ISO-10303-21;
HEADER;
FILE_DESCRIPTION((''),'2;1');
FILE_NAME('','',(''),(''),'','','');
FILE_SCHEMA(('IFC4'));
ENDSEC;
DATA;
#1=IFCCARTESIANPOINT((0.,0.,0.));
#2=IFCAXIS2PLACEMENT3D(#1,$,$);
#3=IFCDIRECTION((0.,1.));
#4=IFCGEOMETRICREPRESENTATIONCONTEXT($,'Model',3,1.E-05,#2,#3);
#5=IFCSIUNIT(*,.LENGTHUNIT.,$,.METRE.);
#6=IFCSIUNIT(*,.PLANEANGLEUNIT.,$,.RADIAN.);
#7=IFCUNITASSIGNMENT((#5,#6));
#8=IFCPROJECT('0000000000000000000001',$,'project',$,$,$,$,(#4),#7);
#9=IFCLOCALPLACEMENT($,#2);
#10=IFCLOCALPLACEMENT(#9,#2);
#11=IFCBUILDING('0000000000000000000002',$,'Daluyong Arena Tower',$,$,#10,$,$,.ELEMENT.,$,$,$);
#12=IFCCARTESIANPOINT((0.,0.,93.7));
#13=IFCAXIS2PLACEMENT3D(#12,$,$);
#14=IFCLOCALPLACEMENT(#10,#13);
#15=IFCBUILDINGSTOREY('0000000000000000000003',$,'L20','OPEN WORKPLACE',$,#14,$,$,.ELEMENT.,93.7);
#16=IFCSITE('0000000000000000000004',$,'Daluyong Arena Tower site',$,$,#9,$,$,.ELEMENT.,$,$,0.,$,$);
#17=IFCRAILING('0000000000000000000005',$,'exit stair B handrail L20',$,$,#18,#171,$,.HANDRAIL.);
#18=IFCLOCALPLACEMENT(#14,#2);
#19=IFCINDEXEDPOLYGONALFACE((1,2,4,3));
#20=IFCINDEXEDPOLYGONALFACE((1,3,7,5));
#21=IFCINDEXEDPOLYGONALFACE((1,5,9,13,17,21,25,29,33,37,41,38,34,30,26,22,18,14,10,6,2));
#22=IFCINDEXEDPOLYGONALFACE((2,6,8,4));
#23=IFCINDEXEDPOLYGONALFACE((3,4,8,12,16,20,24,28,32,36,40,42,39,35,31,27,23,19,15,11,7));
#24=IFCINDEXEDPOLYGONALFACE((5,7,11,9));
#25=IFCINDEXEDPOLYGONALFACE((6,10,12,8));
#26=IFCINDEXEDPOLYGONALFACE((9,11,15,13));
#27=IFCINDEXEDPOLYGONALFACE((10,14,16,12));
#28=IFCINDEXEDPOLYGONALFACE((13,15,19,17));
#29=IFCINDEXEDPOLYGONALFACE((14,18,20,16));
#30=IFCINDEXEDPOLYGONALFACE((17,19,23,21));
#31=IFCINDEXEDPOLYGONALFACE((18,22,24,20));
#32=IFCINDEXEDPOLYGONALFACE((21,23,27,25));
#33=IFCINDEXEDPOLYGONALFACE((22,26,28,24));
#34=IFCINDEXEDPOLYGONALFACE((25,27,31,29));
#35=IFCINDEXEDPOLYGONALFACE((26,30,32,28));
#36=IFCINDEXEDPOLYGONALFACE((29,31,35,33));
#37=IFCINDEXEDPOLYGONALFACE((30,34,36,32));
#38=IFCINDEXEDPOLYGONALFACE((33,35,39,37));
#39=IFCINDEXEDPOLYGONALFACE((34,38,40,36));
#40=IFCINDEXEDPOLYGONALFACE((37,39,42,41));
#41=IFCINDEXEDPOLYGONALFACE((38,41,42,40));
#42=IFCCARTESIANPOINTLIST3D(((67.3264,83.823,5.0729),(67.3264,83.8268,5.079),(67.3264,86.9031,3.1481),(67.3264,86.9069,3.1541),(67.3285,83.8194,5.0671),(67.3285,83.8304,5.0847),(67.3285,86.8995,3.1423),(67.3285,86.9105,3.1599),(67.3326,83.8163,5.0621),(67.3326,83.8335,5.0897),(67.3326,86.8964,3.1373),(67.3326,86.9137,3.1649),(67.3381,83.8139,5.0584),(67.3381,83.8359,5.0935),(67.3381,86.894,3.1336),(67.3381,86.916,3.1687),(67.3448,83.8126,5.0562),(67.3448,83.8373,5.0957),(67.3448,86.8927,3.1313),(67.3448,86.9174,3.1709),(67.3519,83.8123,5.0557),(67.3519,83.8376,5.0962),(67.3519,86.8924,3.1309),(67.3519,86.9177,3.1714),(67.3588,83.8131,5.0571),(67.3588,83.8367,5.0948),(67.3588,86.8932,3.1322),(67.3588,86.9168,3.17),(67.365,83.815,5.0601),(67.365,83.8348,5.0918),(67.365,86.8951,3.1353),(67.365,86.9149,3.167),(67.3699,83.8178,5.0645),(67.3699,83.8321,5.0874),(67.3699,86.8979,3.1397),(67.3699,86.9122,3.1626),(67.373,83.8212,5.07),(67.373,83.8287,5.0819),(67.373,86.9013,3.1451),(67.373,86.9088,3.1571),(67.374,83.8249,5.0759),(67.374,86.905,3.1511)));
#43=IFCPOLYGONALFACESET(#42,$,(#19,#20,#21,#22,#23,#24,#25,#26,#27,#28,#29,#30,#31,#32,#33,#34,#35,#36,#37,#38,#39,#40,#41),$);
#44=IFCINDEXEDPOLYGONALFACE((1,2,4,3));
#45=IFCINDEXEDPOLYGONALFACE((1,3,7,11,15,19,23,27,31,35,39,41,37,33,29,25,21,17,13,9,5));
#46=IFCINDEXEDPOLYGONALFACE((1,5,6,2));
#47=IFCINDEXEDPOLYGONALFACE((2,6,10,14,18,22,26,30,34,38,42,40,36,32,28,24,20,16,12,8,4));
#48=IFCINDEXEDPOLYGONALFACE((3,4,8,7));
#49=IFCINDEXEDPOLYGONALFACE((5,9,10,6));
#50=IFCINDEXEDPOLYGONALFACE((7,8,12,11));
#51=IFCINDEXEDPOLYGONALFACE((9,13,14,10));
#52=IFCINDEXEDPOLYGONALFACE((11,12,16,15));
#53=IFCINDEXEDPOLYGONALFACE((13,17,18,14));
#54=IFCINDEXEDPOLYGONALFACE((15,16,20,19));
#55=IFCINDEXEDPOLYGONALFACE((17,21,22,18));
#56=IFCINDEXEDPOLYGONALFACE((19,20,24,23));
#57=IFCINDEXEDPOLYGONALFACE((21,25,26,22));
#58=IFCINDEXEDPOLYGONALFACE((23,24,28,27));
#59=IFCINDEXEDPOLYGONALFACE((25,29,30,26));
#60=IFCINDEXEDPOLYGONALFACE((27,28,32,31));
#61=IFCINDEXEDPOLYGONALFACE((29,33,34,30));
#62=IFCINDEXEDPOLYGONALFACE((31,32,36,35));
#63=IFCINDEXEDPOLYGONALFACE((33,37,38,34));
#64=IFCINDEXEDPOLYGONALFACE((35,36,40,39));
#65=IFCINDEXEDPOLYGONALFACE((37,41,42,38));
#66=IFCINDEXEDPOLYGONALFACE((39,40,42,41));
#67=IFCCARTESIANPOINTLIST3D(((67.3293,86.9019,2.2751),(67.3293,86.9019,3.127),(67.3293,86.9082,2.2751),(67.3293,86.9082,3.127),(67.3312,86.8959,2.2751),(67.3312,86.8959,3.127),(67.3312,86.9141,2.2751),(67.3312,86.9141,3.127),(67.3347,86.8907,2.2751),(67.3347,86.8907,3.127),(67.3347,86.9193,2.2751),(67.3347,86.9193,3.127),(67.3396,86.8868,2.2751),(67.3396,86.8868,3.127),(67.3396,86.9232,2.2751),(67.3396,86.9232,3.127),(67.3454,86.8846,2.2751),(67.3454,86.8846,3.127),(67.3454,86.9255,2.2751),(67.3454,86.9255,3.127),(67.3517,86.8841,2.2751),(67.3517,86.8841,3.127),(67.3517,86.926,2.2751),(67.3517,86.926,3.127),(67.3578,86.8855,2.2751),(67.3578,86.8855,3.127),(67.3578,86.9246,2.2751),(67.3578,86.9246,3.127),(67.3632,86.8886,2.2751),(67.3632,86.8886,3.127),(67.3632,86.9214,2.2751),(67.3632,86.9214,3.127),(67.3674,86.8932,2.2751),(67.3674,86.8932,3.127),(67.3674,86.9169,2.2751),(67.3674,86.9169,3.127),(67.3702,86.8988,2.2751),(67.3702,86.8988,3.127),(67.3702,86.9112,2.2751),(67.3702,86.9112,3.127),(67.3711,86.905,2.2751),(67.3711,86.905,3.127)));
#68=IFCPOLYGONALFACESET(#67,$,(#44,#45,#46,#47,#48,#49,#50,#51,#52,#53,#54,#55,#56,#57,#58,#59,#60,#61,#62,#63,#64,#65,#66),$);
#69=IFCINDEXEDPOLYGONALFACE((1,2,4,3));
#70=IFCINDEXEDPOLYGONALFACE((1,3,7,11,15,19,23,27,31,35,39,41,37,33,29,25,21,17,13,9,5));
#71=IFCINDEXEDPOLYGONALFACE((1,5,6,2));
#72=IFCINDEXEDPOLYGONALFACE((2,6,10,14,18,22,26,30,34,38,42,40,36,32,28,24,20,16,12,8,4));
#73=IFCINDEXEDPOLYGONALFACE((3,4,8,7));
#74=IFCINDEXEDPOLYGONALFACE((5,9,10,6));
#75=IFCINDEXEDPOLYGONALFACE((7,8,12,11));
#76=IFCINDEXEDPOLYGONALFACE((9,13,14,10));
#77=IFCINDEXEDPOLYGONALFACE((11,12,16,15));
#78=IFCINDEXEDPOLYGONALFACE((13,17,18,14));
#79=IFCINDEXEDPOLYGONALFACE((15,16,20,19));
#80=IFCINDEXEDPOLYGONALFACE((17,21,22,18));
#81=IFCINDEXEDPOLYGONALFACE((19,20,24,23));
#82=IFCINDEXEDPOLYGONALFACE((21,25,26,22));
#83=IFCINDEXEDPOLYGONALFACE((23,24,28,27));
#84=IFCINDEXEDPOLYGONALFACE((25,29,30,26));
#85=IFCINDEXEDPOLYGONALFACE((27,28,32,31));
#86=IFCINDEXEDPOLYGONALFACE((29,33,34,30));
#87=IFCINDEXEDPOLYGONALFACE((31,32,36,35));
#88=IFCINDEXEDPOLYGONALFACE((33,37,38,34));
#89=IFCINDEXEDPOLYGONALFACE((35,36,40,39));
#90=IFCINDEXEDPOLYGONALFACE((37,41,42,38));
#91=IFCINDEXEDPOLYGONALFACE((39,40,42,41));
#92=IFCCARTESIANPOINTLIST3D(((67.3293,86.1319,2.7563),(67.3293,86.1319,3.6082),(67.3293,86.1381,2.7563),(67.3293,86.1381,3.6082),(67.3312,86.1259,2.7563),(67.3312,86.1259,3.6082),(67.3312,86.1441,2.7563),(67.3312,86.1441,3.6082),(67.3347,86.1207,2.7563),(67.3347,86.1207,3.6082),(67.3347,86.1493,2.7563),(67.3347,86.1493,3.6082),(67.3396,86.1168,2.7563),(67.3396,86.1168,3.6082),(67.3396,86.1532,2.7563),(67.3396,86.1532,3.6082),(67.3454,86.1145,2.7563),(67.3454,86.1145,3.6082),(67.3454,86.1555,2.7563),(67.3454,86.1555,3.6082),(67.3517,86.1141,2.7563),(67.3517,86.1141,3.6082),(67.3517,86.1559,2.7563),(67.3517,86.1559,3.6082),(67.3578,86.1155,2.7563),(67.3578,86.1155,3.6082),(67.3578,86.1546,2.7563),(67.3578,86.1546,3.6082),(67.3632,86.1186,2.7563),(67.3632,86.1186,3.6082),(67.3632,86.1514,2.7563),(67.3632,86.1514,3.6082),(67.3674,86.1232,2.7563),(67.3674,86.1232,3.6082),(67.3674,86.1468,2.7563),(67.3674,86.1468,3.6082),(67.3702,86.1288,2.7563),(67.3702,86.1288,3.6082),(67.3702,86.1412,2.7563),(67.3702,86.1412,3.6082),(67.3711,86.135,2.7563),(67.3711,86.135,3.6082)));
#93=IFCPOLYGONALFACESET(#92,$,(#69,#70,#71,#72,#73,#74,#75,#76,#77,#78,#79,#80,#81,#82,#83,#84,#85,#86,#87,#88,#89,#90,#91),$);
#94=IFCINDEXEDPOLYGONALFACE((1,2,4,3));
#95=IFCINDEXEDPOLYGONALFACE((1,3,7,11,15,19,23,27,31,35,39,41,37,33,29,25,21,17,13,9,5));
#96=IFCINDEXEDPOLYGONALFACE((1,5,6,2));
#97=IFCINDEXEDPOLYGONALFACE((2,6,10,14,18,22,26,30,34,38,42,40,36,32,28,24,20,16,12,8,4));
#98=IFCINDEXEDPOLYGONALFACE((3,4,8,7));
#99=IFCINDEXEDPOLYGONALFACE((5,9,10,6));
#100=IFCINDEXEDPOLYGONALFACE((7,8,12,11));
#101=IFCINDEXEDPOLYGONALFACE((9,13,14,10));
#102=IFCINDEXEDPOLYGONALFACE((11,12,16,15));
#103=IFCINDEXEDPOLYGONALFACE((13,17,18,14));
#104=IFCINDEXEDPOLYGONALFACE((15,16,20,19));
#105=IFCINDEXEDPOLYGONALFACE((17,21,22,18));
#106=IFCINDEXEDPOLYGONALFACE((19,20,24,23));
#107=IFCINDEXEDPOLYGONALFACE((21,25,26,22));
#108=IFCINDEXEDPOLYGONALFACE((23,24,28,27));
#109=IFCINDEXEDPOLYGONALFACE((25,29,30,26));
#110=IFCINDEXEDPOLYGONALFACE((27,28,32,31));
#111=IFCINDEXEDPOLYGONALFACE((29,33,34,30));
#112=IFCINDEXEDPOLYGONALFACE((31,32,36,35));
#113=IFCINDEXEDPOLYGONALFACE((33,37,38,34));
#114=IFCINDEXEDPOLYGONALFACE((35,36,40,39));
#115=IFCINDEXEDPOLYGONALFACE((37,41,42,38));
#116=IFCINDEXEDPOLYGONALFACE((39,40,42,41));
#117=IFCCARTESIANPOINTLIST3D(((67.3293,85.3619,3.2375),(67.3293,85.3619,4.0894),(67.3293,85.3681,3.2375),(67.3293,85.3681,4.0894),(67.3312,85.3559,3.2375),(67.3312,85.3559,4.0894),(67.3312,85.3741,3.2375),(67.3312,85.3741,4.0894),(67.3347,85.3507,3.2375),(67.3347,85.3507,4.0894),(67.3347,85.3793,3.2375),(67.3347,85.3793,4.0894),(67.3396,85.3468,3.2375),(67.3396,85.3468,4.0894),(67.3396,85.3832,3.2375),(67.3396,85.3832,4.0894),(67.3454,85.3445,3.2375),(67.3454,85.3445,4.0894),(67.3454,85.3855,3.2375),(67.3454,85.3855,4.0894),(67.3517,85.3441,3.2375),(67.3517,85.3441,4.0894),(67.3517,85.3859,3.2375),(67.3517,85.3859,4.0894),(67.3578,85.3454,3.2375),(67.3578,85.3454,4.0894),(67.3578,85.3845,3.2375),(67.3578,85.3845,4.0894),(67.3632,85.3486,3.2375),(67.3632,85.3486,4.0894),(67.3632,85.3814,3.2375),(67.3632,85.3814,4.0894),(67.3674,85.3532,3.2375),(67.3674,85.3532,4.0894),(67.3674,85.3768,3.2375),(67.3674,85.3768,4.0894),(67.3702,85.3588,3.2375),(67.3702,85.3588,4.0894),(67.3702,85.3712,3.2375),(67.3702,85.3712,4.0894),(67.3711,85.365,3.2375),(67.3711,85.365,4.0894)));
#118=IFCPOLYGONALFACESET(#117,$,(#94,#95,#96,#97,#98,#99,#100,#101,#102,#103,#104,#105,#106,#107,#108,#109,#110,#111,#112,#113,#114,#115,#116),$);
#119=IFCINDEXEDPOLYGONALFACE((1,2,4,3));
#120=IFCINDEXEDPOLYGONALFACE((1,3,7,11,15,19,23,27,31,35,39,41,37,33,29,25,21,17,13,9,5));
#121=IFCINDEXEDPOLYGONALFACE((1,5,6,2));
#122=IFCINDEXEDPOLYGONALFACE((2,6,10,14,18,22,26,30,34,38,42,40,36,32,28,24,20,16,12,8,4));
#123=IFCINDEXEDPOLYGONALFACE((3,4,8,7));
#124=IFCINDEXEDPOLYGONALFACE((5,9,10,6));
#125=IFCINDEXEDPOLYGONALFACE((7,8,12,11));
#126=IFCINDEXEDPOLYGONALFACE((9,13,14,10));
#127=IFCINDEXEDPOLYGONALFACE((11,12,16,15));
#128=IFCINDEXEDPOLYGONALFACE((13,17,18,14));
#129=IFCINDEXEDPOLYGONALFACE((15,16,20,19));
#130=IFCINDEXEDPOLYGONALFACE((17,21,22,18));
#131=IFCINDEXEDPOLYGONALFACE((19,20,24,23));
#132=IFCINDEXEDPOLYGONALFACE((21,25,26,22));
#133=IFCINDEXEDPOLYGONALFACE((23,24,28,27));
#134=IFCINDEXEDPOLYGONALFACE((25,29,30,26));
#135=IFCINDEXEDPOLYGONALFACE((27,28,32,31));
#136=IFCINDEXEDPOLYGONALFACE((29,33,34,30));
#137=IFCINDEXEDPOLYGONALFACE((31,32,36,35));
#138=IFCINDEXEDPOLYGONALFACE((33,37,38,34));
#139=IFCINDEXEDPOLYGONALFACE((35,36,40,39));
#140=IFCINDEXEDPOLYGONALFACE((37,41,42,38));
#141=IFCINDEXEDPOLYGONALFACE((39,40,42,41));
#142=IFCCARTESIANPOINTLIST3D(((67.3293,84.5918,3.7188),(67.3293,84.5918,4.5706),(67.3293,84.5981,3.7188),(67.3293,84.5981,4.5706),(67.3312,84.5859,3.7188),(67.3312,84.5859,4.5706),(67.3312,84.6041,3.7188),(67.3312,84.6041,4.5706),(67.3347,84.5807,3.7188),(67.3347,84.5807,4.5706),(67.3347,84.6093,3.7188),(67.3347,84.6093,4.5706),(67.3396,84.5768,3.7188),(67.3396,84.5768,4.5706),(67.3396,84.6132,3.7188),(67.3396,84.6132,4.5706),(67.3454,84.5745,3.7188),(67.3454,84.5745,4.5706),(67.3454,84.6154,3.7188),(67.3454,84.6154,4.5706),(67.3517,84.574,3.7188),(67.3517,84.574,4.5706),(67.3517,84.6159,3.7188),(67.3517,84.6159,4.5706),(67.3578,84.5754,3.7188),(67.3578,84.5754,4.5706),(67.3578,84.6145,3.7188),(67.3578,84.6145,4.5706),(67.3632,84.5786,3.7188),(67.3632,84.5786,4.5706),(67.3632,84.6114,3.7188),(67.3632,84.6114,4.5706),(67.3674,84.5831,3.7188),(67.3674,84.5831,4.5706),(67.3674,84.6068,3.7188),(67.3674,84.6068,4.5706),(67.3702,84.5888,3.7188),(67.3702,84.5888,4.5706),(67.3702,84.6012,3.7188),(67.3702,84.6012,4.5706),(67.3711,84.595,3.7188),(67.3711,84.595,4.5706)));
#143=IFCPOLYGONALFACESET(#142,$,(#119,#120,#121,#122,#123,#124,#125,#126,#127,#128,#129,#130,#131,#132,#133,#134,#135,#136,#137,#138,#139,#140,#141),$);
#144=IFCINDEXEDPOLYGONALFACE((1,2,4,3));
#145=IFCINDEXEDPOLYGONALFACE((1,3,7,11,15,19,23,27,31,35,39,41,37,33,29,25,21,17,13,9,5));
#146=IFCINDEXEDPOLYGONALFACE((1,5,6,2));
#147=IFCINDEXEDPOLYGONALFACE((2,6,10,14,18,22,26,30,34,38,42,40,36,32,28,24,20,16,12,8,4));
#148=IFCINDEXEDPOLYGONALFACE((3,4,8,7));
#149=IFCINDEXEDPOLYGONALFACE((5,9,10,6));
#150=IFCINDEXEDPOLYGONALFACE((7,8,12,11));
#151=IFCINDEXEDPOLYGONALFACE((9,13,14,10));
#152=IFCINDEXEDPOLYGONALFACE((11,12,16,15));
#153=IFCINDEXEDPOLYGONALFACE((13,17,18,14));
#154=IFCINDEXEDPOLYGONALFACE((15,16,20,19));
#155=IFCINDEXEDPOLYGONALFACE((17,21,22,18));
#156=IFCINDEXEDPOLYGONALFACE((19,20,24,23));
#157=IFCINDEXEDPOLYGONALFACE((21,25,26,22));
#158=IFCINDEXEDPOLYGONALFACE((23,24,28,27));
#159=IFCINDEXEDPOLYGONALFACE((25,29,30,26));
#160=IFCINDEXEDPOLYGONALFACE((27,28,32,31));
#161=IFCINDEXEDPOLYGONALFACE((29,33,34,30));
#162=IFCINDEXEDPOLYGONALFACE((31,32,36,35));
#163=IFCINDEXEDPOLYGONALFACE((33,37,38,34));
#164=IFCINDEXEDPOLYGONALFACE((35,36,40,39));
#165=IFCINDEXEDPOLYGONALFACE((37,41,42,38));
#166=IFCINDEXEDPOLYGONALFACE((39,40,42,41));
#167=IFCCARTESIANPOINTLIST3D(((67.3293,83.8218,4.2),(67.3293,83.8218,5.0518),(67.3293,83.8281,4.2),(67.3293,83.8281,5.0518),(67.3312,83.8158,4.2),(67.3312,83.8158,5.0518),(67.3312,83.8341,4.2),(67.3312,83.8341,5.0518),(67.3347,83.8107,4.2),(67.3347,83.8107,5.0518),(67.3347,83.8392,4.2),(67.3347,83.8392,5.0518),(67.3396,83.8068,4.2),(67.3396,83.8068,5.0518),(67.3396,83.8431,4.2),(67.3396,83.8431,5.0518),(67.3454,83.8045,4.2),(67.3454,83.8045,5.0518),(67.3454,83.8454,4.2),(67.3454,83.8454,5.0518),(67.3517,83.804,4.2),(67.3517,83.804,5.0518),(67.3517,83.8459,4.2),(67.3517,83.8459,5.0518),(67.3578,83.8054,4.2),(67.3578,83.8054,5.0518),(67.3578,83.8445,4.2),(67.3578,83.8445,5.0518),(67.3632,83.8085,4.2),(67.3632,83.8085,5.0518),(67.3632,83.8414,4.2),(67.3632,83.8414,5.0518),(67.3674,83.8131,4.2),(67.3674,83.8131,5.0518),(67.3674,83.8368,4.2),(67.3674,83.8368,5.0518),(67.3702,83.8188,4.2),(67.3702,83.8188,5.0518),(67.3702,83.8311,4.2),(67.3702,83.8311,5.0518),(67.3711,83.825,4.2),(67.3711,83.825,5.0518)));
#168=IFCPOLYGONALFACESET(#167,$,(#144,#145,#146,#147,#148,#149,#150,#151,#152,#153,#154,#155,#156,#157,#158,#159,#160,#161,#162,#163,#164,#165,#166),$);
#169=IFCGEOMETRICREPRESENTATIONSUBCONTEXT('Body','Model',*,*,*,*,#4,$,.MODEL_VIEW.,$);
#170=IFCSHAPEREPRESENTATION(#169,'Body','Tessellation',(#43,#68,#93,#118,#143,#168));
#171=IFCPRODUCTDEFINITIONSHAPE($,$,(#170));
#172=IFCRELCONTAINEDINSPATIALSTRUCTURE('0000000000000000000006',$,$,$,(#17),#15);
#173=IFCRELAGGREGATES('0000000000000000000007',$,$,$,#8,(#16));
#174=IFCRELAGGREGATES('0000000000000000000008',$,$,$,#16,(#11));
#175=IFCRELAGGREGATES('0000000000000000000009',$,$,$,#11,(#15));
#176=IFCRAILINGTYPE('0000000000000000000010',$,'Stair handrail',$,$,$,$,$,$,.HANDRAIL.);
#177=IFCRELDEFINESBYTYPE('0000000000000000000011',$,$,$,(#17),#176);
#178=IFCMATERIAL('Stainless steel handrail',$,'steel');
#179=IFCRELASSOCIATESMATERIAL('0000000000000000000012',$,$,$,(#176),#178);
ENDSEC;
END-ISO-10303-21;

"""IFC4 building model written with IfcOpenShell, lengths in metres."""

from ifc_helpers import new_model, si_unit, direction, frame, origin, origin_2d, place, context, subcontext, project, spatial, circle, extrude, material, type_object, element, save


model = new_model("IFC4")

# Units and contexts
model_context = context("Model", 3, precision=1e-05, world=origin(), true_north=direction((0.0, 1.0)))
body_context = subcontext(model_context, "Body", "Model", "MODEL_VIEW")
ifc_project = project(units=[si_unit("LENGTHUNIT", "METRE"), si_unit("PLANEANGLEUNIT", "RADIAN")], contexts=[model_context])

# Site, building, storey
site_placement = place(None, origin())
site = spatial("IfcSite", under=ifc_project, at=site_placement, Name="Daluyong Arena Tower site", CompositionType="ELEMENT", RefElevation=0.0)
building_placement = place(site_placement, origin())
building = spatial("IfcBuilding", under=site, at=building_placement, Name="Daluyong Arena Tower", CompositionType="ELEMENT")
storey_placement = place(building_placement, frame((0.0, 0.0, 93.7)))
storey = spatial("IfcBuildingStorey", under=building, at=storey_placement, Name="L20", Description="OPEN WORKPLACE", CompositionType="ELEMENT", Elevation=93.7)

# Railing
ifc_material_1 = material(Name="Stainless steel handrail", Category="steel")
railing_type_1 = type_object("IfcRailingType", Name="Stair handrail", PredefinedType="HANDRAIL", material=ifc_material_1)
railing_1_placement = place(storey_placement, frame((67.3501, 86.905, 2.2751)))
element("IfcRailing", 1, at=railing_1_placement, inside=storey, type_object=railing_type_1, Name="exit stair B handrail L20", PredefinedType="HANDRAIL", context=body_context, shape_type="SweptSolid", body=[
    extrude(circle(Radius=0.0239, at=origin_2d()), frame((0.0, 0.0, 0.876), z_axis=(0.0, -0.848029, 0.529951), x_axis=(1.0, 0.0, 0.0)), (0.0, 0.0, 1.0), 3.6321),
    extrude(circle(Radius=0.021, at=origin_2d()), origin(), (0.0, 0.0, 1.0), 0.8518),
    extrude(circle(Radius=0.021, at=origin_2d()), frame((0.0, -0.77, 0.4812)), (0.0, 0.0, 1.0), 0.8518),
    extrude(circle(Radius=0.021, at=origin_2d()), frame((0.0, -1.54, 0.9624)), (0.0, 0.0, 1.0), 0.8518),
    extrude(circle(Radius=0.021, at=origin_2d()), frame((0.0, -2.3101, 1.4436)), (0.0, 0.0, 1.0), 0.8518),
    extrude(circle(Radius=0.021, at=origin_2d()), frame((0.0, -3.0801, 1.9248)), (0.0, 0.0, 1.0), 0.8518),
])

save(model, "model.ifc")
